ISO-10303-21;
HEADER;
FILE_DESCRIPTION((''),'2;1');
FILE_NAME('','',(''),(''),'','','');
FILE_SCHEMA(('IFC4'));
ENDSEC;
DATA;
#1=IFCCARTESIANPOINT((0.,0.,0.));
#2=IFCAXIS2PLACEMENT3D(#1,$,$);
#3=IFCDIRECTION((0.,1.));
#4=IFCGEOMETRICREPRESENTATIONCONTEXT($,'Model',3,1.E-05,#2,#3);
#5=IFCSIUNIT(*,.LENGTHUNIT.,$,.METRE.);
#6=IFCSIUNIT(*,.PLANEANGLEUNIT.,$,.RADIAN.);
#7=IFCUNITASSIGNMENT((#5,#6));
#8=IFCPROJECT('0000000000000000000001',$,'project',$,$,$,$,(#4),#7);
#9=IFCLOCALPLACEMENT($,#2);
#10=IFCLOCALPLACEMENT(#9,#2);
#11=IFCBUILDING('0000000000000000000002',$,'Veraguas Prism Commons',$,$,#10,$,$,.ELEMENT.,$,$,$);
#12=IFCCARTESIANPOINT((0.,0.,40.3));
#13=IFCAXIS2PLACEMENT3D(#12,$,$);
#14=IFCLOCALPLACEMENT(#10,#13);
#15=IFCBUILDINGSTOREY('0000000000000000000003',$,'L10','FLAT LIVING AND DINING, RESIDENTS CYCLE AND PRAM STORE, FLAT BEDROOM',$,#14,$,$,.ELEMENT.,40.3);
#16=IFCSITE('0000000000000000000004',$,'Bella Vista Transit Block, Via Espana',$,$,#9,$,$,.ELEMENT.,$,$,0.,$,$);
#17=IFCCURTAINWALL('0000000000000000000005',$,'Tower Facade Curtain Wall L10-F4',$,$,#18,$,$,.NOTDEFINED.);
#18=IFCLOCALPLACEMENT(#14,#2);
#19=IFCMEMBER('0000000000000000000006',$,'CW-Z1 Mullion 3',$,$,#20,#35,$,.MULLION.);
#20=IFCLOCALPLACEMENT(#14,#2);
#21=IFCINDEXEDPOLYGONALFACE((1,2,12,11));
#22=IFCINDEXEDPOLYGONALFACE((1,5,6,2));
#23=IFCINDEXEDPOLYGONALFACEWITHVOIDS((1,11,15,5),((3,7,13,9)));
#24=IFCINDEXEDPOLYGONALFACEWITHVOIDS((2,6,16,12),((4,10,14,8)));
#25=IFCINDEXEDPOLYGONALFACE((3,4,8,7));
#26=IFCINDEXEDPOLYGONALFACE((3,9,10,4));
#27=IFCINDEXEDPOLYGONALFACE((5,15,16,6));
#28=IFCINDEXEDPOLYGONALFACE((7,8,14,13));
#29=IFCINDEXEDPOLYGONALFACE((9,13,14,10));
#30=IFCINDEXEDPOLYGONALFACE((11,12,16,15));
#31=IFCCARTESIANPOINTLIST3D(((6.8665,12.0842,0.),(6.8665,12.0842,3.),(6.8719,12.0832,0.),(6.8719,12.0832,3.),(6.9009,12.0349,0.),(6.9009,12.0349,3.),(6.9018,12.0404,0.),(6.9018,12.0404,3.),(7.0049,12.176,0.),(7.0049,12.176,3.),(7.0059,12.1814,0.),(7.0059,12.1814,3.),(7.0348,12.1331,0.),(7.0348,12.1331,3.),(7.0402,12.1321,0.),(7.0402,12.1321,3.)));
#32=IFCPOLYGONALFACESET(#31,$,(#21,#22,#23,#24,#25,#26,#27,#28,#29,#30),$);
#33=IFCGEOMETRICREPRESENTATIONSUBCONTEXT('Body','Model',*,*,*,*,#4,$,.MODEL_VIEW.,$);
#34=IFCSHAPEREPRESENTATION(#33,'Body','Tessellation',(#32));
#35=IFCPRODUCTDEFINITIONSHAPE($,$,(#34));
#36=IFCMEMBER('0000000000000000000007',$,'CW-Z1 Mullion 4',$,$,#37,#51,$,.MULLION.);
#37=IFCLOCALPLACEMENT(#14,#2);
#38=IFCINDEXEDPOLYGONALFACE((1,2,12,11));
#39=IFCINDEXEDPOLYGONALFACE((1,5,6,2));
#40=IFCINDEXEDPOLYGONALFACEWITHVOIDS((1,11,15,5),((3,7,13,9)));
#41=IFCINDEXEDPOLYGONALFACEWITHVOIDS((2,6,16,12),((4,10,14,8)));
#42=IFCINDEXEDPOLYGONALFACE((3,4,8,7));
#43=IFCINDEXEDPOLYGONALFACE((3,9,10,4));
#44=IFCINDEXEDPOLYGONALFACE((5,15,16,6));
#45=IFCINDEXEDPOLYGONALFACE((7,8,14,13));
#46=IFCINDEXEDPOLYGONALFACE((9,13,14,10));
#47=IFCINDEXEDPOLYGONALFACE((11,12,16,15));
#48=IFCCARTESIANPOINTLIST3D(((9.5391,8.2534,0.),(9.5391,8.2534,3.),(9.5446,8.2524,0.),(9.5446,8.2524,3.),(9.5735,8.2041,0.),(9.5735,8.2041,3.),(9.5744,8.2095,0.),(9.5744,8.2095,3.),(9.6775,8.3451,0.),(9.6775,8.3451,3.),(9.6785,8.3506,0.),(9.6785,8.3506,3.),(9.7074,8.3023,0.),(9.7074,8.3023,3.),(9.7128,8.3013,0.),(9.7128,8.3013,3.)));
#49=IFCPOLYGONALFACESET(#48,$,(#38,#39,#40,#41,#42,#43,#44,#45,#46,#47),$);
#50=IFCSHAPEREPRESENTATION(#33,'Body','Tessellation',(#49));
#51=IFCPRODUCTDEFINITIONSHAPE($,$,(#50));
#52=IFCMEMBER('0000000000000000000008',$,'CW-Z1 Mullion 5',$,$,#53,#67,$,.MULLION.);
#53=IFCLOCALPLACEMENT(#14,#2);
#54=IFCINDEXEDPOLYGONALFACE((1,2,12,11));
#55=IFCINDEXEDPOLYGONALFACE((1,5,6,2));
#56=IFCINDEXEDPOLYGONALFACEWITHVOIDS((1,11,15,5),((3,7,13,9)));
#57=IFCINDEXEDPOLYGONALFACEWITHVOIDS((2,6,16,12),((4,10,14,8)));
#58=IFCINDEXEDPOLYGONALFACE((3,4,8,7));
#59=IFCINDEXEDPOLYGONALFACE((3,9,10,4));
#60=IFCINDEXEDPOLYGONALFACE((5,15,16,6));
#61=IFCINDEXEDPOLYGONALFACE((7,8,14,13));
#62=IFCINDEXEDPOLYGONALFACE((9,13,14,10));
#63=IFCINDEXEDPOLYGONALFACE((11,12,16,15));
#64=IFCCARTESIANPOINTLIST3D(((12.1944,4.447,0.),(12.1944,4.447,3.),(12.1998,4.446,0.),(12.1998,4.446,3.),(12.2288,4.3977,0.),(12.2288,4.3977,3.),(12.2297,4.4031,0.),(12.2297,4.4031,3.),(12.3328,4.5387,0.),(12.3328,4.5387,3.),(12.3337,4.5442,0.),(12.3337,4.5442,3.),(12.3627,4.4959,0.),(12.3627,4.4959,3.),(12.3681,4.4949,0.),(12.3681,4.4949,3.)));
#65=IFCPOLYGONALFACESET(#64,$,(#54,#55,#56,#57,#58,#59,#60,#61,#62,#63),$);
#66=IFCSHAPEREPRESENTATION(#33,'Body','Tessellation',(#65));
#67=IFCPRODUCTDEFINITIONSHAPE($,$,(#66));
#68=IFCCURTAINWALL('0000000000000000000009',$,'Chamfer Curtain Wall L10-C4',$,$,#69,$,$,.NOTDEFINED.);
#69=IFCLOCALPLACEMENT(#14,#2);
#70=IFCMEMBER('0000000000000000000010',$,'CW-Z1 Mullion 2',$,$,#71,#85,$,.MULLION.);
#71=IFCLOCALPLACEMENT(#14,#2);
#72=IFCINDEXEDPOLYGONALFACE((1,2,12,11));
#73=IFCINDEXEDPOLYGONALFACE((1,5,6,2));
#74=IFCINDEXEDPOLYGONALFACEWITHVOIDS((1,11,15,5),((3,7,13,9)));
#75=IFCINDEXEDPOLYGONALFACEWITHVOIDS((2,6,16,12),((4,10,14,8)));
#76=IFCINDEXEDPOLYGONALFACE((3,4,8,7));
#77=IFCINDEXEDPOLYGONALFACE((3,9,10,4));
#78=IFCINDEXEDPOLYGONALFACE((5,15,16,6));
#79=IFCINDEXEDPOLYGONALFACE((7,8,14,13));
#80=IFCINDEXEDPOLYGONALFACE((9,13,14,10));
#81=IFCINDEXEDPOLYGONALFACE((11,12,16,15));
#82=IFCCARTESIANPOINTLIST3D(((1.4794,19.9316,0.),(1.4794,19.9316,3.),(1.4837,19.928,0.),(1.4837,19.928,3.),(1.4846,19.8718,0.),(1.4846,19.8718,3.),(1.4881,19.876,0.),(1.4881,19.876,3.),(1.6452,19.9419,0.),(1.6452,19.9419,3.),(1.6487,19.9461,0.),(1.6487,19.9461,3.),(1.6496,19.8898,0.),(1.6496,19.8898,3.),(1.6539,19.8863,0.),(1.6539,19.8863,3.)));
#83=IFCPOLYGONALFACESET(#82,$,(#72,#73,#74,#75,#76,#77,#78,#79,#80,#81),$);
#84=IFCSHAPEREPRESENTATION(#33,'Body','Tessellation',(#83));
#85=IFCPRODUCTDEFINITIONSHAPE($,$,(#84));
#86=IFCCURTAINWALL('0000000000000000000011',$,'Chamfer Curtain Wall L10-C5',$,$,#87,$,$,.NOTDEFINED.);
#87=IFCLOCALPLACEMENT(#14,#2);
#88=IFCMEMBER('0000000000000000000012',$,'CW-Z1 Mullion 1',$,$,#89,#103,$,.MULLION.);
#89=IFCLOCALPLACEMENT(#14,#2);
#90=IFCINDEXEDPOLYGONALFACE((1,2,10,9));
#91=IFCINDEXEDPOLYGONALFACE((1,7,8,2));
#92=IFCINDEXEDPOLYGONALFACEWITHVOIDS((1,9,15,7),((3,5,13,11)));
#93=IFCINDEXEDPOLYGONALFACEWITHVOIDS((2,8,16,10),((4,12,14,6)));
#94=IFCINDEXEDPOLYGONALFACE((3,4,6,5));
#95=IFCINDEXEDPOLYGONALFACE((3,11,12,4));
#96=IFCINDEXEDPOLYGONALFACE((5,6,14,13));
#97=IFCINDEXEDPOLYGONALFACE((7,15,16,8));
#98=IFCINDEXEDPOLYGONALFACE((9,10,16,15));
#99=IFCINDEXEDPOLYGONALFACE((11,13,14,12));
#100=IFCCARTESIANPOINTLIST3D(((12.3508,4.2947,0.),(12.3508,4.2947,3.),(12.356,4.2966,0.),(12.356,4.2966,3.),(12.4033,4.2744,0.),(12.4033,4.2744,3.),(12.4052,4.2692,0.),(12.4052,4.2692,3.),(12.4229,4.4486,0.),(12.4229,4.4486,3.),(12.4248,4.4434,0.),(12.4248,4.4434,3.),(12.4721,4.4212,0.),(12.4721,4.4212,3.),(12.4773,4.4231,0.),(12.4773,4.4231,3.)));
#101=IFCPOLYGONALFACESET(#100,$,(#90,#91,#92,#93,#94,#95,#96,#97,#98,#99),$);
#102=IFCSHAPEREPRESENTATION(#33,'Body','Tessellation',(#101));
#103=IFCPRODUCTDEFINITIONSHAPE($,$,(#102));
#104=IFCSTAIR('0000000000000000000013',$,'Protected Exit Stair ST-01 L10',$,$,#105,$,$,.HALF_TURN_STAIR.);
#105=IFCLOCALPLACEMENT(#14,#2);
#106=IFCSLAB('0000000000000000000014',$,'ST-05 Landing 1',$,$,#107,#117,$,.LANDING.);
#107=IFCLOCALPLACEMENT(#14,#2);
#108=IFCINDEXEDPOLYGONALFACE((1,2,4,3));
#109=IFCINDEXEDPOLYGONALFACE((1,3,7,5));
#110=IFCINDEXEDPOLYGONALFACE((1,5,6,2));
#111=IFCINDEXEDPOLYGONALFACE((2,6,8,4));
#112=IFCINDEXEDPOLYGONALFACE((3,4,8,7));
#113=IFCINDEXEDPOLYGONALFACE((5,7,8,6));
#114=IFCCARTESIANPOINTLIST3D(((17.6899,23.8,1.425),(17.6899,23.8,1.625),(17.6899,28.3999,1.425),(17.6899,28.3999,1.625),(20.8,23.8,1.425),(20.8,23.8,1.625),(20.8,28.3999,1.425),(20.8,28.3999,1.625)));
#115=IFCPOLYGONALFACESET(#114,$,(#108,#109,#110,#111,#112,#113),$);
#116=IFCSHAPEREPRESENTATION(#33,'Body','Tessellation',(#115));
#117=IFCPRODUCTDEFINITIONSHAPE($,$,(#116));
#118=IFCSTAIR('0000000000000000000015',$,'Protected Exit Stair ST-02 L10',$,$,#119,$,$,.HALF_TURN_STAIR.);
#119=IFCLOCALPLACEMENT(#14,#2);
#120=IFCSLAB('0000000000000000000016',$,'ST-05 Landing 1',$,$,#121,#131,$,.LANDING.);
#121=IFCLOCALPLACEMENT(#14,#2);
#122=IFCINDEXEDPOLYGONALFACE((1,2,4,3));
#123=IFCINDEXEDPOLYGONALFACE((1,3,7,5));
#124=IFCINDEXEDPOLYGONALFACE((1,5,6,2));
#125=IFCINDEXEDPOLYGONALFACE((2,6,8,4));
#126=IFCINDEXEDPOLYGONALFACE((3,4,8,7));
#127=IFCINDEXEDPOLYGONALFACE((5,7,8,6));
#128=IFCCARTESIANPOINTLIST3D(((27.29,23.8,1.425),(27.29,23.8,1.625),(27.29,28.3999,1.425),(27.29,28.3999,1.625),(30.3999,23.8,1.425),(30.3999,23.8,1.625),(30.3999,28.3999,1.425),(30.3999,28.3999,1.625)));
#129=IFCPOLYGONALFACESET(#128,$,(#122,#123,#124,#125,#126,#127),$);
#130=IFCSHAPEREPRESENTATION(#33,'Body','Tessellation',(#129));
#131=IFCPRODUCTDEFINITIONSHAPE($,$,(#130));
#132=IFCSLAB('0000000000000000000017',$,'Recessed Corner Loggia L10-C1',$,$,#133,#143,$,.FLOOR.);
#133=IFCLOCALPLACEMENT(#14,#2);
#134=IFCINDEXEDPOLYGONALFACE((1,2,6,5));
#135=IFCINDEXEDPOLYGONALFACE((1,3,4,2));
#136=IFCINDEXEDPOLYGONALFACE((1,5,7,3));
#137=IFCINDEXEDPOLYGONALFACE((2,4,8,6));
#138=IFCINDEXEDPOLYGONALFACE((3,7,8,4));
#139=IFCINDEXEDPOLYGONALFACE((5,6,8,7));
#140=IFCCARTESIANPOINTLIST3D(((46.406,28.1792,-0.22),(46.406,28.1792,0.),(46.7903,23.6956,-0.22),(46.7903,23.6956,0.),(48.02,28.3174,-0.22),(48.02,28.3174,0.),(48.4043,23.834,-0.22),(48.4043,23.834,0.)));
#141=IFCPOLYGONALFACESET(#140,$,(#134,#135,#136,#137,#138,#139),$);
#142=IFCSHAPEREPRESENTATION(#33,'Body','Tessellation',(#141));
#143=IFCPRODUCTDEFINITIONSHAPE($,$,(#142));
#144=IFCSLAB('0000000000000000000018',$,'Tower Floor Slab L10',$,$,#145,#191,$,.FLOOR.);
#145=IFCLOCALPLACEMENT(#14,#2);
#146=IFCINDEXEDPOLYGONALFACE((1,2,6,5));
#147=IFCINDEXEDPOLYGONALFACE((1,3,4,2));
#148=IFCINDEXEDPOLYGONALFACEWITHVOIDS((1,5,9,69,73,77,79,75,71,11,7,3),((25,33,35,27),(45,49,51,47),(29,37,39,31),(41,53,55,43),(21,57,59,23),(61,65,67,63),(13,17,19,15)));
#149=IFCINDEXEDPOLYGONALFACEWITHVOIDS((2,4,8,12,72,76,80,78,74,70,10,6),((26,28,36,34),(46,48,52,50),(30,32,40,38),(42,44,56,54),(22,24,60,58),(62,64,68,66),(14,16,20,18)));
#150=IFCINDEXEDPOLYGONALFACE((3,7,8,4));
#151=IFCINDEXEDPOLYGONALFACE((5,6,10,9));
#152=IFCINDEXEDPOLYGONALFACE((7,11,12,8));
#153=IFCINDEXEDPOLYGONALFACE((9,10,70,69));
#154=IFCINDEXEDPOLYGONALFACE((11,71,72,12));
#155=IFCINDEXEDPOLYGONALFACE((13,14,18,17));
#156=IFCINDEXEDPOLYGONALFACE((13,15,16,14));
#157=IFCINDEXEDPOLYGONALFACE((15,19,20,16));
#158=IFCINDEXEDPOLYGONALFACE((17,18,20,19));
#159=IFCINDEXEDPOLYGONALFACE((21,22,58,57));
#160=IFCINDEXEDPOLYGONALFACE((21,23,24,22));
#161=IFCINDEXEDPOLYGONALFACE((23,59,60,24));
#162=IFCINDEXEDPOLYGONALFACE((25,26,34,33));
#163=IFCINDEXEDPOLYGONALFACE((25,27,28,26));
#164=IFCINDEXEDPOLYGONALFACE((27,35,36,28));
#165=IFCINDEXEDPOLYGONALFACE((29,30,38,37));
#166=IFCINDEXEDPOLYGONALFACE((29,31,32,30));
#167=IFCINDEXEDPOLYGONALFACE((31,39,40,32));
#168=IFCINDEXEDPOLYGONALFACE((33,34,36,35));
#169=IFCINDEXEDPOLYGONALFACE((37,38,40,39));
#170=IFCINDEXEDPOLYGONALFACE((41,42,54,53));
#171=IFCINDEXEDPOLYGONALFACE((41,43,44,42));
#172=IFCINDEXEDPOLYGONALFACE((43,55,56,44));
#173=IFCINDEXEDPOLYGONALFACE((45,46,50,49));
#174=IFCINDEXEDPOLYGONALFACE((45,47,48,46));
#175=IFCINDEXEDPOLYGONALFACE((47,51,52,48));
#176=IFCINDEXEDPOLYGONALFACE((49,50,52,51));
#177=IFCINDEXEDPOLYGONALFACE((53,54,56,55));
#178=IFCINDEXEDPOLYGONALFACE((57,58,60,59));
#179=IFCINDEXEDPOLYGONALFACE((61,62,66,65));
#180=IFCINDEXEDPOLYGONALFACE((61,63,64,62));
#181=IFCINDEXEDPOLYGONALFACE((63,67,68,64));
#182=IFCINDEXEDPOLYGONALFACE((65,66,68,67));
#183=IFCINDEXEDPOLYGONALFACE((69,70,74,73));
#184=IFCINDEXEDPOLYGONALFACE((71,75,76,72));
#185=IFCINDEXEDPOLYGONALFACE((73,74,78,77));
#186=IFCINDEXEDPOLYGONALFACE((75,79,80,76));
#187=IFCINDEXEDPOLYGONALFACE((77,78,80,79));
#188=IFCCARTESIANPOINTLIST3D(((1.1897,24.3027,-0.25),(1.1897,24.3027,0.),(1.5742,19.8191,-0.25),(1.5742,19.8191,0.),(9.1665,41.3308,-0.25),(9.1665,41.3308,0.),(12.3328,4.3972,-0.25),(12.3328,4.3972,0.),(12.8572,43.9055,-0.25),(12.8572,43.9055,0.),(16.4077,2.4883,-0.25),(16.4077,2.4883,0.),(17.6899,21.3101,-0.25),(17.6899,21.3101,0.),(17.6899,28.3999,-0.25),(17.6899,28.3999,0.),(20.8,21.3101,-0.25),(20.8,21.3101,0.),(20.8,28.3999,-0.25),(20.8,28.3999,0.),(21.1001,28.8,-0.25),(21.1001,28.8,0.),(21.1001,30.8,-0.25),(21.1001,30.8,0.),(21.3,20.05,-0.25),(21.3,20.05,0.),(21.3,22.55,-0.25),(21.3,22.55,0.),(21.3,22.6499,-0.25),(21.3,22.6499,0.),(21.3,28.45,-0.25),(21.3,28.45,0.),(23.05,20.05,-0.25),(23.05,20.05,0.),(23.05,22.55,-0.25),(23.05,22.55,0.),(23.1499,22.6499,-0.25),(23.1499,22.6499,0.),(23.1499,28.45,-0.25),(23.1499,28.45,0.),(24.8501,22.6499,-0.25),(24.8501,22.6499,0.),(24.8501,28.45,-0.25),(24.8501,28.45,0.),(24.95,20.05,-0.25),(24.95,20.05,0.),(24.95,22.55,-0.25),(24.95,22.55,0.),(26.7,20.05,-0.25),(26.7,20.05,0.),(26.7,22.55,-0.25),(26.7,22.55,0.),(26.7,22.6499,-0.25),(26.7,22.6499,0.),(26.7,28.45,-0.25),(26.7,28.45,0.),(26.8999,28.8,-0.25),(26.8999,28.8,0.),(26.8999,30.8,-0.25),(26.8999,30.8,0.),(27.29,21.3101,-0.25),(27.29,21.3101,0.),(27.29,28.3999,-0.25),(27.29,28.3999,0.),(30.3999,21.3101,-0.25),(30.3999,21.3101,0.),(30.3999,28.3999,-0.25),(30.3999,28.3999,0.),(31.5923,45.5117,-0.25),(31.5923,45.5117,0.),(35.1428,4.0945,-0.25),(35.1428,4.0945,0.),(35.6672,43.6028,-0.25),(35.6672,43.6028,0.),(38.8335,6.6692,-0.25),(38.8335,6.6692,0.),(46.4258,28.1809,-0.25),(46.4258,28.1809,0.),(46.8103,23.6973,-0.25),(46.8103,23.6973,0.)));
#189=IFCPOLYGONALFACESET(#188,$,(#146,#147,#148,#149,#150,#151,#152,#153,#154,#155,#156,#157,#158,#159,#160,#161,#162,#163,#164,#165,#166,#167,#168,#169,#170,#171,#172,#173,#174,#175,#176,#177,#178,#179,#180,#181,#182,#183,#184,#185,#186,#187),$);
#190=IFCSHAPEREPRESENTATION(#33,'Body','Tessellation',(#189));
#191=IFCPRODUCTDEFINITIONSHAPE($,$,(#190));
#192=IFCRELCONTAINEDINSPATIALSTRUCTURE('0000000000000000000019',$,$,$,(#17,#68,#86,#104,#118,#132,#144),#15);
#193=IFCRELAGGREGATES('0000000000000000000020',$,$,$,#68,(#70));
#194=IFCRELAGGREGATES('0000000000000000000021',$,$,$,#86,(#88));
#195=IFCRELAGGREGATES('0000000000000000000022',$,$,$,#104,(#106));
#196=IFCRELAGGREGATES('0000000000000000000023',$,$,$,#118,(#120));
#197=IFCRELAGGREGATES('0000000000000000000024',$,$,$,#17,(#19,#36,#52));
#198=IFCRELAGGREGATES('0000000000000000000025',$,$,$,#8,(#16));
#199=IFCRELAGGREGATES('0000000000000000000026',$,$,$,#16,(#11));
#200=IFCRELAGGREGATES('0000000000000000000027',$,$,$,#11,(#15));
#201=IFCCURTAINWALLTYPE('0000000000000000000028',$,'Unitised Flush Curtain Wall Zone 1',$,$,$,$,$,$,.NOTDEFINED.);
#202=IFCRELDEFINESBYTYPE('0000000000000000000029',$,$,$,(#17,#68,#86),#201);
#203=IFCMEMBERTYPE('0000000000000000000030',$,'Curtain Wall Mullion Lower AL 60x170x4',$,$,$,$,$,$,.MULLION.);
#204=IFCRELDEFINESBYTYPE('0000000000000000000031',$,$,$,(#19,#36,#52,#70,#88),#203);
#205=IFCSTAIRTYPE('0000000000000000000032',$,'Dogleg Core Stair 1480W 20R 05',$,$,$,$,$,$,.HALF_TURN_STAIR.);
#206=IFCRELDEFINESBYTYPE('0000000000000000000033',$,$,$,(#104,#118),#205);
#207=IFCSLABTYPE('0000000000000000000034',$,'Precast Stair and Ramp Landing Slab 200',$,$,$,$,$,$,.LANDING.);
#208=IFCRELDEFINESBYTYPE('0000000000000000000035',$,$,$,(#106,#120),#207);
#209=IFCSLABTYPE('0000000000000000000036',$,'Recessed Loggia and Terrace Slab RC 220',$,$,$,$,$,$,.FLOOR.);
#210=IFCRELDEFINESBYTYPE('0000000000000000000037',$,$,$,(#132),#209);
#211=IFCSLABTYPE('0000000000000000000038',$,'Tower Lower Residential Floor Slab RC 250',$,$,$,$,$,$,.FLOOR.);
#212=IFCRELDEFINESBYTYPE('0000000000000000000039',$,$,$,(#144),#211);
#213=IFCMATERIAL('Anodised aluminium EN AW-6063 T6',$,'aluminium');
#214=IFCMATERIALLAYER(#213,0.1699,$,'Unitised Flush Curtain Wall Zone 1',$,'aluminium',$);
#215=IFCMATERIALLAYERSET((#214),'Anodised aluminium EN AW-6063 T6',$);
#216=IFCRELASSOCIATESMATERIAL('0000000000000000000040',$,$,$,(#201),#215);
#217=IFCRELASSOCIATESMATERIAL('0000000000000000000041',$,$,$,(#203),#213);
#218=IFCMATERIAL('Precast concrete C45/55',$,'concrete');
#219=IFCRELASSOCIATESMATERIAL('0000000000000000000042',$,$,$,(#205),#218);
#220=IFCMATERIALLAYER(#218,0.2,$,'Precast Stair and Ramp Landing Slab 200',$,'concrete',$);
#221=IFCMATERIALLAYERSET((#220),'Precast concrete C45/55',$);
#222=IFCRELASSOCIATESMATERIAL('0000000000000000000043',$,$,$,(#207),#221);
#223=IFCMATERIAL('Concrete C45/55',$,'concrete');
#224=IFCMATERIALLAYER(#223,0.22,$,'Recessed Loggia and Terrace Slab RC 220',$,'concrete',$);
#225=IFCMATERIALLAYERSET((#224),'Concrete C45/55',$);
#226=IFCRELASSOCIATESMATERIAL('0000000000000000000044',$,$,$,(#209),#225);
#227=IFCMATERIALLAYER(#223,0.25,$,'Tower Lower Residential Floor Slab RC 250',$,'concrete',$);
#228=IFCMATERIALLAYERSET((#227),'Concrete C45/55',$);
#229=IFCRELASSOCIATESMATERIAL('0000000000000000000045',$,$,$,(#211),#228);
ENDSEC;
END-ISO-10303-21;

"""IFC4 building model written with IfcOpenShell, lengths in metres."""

from ifc_helpers import new_model, si_unit, direction, frame, origin, origin_2d, place, context, subcontext, project, spatial, polyline, hollow_rectangle, outline, extrude, source, transform, mapped, material, layer, layer_set, material_profile, profile_set, type_object, element, aggregate, save


model = new_model("IFC4")

# Units and contexts
model_context = context("Model", 3, precision=1e-05, world=origin(), true_north=direction((0.0, 1.0)))
body_context = subcontext(model_context, "Body", "Model", "MODEL_VIEW")
ifc_project = project(units=[si_unit("LENGTHUNIT", "METRE"), si_unit("PLANEANGLEUNIT", "RADIAN")], contexts=[model_context])

# Site, building, storey
site_placement = place(None, origin())
site = spatial("IfcSite", under=ifc_project, at=site_placement, Name="Bella Vista Transit Block, Via Espana", CompositionType="ELEMENT", RefElevation=0.0)
building_placement = place(site_placement, origin())
building = spatial("IfcBuilding", under=site, at=building_placement, Name="Veraguas Prism Commons", CompositionType="ELEMENT")
storey_placement = place(building_placement, frame((0.0, 0.0, 40.3)))
storey = spatial("IfcBuildingStorey", under=building, at=storey_placement, Name="L10", Description="FLAT LIVING AND DINING, RESIDENTS CYCLE AND PRAM STORE, FLAT BEDROOM", CompositionType="ELEMENT", Elevation=40.3)

# Curtain wall, members
ifc_material_1 = material(Name="Anodised aluminium EN AW-6063 T6", Category="aluminium")
ifc_layer_1 = layer(ifc_material_1, 0.1699, Name="Unitised Flush Curtain Wall Zone 1", Category="aluminium")
ifc_layer_set_1 = layer_set([ifc_layer_1], Name="Anodised aluminium EN AW-6063 T6")
curtain_wall_type = type_object("IfcCurtainWallType", Name="Unitised Flush Curtain Wall Zone 1", PredefinedType="NOTDEFINED", material=ifc_layer_set_1)
curtain_wall_1_placement = place(storey_placement, origin())
curtain_wall_1 = element("IfcCurtainWall", 1, at=curtain_wall_1_placement, inside=storey, type_object=curtain_wall_type, Name="Tower Facade Curtain Wall L10-F4", PredefinedType="NOTDEFINED")
ifc_material_profile_1 = material_profile(ifc_material_1, hollow_rectangle(XDim=0.0601, YDim=0.1699, WallThickness=0.0039, at=origin_2d()), Name="AL60X170X4")
ifc_profile_set_1 = profile_set([ifc_material_profile_1], Name="Anodised aluminium EN AW-6063 T6")
member_type_1 = type_object("IfcMemberType", Name="Curtain Wall Mullion Lower AL 60x170x4", PredefinedType="MULLION", material=ifc_profile_set_1)
shared_shape_1 = source(origin(), body_context, "Body", "SweptSolid", [
    extrude(hollow_rectangle(XDim=0.0601, YDim=0.1699, WallThickness=0.0039, at=origin_2d()), origin(), (0.0, 0.0, 1.0), 3.0),
])
member_1_placement = place(storey_placement, frame((6.9534, 12.1082, 0.0), z_axis=(0.0, 0.0, 1.0), x_axis=(0.572146, -0.820152, 0.0)))
member_1 = element("IfcMember", 2, at=member_1_placement, type_object=member_type_1, Name="CW-Z1 Mullion 3", PredefinedType="MULLION", context=body_context, shape_type="MappedRepresentation", body=[
    mapped(shared_shape_1, transform((0.0, 0.0, 0.0), scale=1.0)),
])
member_2_placement = place(storey_placement, frame((9.626, 8.2773, 0.0), z_axis=(0.0, 0.0, 1.0), x_axis=(0.572146, -0.820152, 0.0)))
member_2 = element("IfcMember", 3, at=member_2_placement, type_object=member_type_1, Name="CW-Z1 Mullion 4", PredefinedType="MULLION", context=body_context, shape_type="MappedRepresentation", body=[
    mapped(shared_shape_1, transform((0.0, 0.0, 0.0), scale=1.0)),
])
member_3_placement = place(storey_placement, frame((12.2812, 4.4709, 0.0), z_axis=(0.0, 0.0, 1.0), x_axis=(0.572146, -0.820152, 0.0)))
member_3 = element("IfcMember", 4, at=member_3_placement, type_object=member_type_1, Name="CW-Z1 Mullion 5", PredefinedType="MULLION", context=body_context, shape_type="MappedRepresentation", body=[
    mapped(shared_shape_1, transform((0.0, 0.0, 0.0), scale=1.0)),
])

# Curtain walls, members
curtain_wall_2_placement = place(storey_placement, origin())
curtain_wall_2 = element("IfcCurtainWall", 5, at=curtain_wall_2_placement, inside=storey, type_object=curtain_wall_type, Name="Chamfer Curtain Wall L10-C4", PredefinedType="NOTDEFINED")
member_4_placement = place(storey_placement, frame((1.5667, 19.9089, 0.0), z_axis=(0.0, 0.0, 1.0), x_axis=(0.085436, -0.996344, 0.0)))
member_4 = element("IfcMember", 6, at=member_4_placement, type_object=member_type_1, Name="CW-Z1 Mullion 2", PredefinedType="MULLION", context=body_context, shape_type="MappedRepresentation", body=[
    mapped(shared_shape_1, transform((0.0, 0.0, 0.0), scale=1.0)),
])
aggregate(curtain_wall_2, [member_4])
curtain_wall_3_placement = place(storey_placement, origin())
curtain_wall_3 = element("IfcCurtainWall", 7, at=curtain_wall_3_placement, inside=storey, type_object=curtain_wall_type, Name="Chamfer Curtain Wall L10-C5", PredefinedType="NOTDEFINED")
member_5_placement = place(storey_placement, frame((12.4141, 4.3589, 0.0), z_axis=(0.0, 0.0, 1.0), x_axis=(0.905581, -0.424173, 0.0)))
member_5 = element("IfcMember", 8, at=member_5_placement, type_object=member_type_1, Name="CW-Z1 Mullion 1", PredefinedType="MULLION", context=body_context, shape_type="MappedRepresentation", body=[
    mapped(shared_shape_1, transform((0.0, 0.0, 0.0), scale=1.0)),
])
aggregate(curtain_wall_3, [member_5])

# Stairs, slabs
ifc_material_2 = material(Name="Precast concrete C45/55", Category="concrete")
stair_type = type_object("IfcStairType", Name="Dogleg Core Stair 1480W 20R 05", PredefinedType="HALF_TURN_STAIR", material=ifc_material_2)
stair_1_placement = place(storey_placement, origin())
stair_1 = element("IfcStair", 9, at=stair_1_placement, inside=storey, type_object=stair_type, Name="Protected Exit Stair ST-01 L10", PredefinedType="HALF_TURN_STAIR")
ifc_layer_2 = layer(ifc_material_2, 0.2, Name="Precast Stair and Ramp Landing Slab 200", Category="concrete")
ifc_layer_set_2 = layer_set([ifc_layer_2], Name="Precast concrete C45/55")
slab_type_1 = type_object("IfcSlabType", Name="Precast Stair and Ramp Landing Slab 200", PredefinedType="LANDING", material=ifc_layer_set_2)
slab_1_placement = place(storey_placement, frame((0.0, 0.0, 1.425)))
slab_1 = element("IfcSlab", 10, at=slab_1_placement, type_object=slab_type_1, Name="ST-05 Landing 1", PredefinedType="LANDING", context=body_context, shape_type="SweptSolid", body=[
    extrude(outline(polyline([(20.8, 23.8), (20.8, 28.3999), (17.6899, 28.3999), (17.6899, 23.8), (20.8, 23.8)])), origin(), (0.0, 0.0, 1.0), 0.2),
])
aggregate(stair_1, [slab_1])
stair_2_placement = place(storey_placement, origin())
stair_2 = element("IfcStair", 11, at=stair_2_placement, inside=storey, type_object=stair_type, Name="Protected Exit Stair ST-02 L10", PredefinedType="HALF_TURN_STAIR")
slab_2_placement = place(storey_placement, frame((0.0, 0.0, 1.425)))
slab_2 = element("IfcSlab", 12, at=slab_2_placement, type_object=slab_type_1, Name="ST-05 Landing 1", PredefinedType="LANDING", context=body_context, shape_type="SweptSolid", body=[
    extrude(outline(polyline([(30.3999, 23.8), (30.3999, 28.3999), (27.29, 28.3999), (27.29, 23.8), (30.3999, 23.8)])), origin(), (0.0, 0.0, 1.0), 0.2),
])
aggregate(stair_2, [slab_2])

# Slabs
ifc_material_3 = material(Name="Concrete C45/55", Category="concrete")
ifc_layer_3 = layer(ifc_material_3, 0.22, Name="Recessed Loggia and Terrace Slab RC 220", Category="concrete")
ifc_layer_set_3 = layer_set([ifc_layer_3], Name="Concrete C45/55")
slab_type_2 = type_object("IfcSlabType", Name="Recessed Loggia and Terrace Slab RC 220", PredefinedType="FLOOR", material=ifc_layer_set_3)
slab_3_placement = place(storey_placement, frame((0.0, 0.0, -0.22)))
element("IfcSlab", 13, at=slab_3_placement, inside=storey, type_object=slab_type_2, Name="Recessed Corner Loggia L10-C1", PredefinedType="FLOOR", context=body_context, shape_type="SweptSolid", body=[
    extrude(outline(polyline([(46.7903, 23.6956), (48.4043, 23.834), (48.02, 28.3174), (46.406, 28.1792), (46.7903, 23.6956)])), origin(), (0.0, 0.0, 1.0), 0.22),
])
ifc_layer_4 = layer(ifc_material_3, 0.25, Name="Tower Lower Residential Floor Slab RC 250", Category="concrete")
ifc_layer_set_4 = layer_set([ifc_layer_4], Name="Concrete C45/55")
slab_type_3 = type_object("IfcSlabType", Name="Tower Lower Residential Floor Slab RC 250", PredefinedType="FLOOR", material=ifc_layer_set_4)
slab_4_placement = place(storey_placement, frame((0.0, 0.0, -0.25)))
element("IfcSlab", 14, at=slab_4_placement, inside=storey, type_object=slab_type_3, Name="Tower Floor Slab L10", PredefinedType="FLOOR", context=body_context, shape_type="SweptSolid", body=[
    extrude(outline(polyline([(46.8103, 23.6973), (46.4258, 28.1809), (35.6672, 43.6028), (31.5923, 45.5117), (12.8572, 43.9055), (9.1665, 41.3308), (1.1897, 24.3027), (1.5742, 19.8191), (12.3328, 4.3972), (16.4077, 2.4883), (35.1428, 4.0945), (38.8335, 6.6692), (46.8103, 23.6973)]), holes=[polyline([(20.8, 21.3101), (20.8, 28.3999), (17.6899, 28.3999), (17.6899, 21.3101), (20.8, 21.3101)]), polyline([(30.3999, 21.3101), (30.3999, 28.3999), (27.29, 28.3999), (27.29, 21.3101), (30.3999, 21.3101)]), polyline([(21.3, 22.6499), (23.1499, 22.6499), (23.1499, 28.45), (21.3, 28.45), (21.3, 22.6499)]), polyline([(24.8501, 22.6499), (26.7, 22.6499), (26.7, 28.45), (24.8501, 28.45), (24.8501, 22.6499)]), polyline([(21.1001, 28.8), (26.8999, 28.8), (26.8999, 30.8), (21.1001, 30.8), (21.1001, 28.8)]), polyline([(21.3, 20.05), (23.05, 20.05), (23.05, 22.55), (21.3, 22.55), (21.3, 20.05)]), polyline([(24.95, 20.05), (26.7, 20.05), (26.7, 22.55), (24.95, 22.55), (24.95, 20.05)])]), origin(), (0.0, 0.0, 1.0), 0.25),
])

aggregate(curtain_wall_1, [member_1, member_2, member_3])

save(model, "model.ifc")
